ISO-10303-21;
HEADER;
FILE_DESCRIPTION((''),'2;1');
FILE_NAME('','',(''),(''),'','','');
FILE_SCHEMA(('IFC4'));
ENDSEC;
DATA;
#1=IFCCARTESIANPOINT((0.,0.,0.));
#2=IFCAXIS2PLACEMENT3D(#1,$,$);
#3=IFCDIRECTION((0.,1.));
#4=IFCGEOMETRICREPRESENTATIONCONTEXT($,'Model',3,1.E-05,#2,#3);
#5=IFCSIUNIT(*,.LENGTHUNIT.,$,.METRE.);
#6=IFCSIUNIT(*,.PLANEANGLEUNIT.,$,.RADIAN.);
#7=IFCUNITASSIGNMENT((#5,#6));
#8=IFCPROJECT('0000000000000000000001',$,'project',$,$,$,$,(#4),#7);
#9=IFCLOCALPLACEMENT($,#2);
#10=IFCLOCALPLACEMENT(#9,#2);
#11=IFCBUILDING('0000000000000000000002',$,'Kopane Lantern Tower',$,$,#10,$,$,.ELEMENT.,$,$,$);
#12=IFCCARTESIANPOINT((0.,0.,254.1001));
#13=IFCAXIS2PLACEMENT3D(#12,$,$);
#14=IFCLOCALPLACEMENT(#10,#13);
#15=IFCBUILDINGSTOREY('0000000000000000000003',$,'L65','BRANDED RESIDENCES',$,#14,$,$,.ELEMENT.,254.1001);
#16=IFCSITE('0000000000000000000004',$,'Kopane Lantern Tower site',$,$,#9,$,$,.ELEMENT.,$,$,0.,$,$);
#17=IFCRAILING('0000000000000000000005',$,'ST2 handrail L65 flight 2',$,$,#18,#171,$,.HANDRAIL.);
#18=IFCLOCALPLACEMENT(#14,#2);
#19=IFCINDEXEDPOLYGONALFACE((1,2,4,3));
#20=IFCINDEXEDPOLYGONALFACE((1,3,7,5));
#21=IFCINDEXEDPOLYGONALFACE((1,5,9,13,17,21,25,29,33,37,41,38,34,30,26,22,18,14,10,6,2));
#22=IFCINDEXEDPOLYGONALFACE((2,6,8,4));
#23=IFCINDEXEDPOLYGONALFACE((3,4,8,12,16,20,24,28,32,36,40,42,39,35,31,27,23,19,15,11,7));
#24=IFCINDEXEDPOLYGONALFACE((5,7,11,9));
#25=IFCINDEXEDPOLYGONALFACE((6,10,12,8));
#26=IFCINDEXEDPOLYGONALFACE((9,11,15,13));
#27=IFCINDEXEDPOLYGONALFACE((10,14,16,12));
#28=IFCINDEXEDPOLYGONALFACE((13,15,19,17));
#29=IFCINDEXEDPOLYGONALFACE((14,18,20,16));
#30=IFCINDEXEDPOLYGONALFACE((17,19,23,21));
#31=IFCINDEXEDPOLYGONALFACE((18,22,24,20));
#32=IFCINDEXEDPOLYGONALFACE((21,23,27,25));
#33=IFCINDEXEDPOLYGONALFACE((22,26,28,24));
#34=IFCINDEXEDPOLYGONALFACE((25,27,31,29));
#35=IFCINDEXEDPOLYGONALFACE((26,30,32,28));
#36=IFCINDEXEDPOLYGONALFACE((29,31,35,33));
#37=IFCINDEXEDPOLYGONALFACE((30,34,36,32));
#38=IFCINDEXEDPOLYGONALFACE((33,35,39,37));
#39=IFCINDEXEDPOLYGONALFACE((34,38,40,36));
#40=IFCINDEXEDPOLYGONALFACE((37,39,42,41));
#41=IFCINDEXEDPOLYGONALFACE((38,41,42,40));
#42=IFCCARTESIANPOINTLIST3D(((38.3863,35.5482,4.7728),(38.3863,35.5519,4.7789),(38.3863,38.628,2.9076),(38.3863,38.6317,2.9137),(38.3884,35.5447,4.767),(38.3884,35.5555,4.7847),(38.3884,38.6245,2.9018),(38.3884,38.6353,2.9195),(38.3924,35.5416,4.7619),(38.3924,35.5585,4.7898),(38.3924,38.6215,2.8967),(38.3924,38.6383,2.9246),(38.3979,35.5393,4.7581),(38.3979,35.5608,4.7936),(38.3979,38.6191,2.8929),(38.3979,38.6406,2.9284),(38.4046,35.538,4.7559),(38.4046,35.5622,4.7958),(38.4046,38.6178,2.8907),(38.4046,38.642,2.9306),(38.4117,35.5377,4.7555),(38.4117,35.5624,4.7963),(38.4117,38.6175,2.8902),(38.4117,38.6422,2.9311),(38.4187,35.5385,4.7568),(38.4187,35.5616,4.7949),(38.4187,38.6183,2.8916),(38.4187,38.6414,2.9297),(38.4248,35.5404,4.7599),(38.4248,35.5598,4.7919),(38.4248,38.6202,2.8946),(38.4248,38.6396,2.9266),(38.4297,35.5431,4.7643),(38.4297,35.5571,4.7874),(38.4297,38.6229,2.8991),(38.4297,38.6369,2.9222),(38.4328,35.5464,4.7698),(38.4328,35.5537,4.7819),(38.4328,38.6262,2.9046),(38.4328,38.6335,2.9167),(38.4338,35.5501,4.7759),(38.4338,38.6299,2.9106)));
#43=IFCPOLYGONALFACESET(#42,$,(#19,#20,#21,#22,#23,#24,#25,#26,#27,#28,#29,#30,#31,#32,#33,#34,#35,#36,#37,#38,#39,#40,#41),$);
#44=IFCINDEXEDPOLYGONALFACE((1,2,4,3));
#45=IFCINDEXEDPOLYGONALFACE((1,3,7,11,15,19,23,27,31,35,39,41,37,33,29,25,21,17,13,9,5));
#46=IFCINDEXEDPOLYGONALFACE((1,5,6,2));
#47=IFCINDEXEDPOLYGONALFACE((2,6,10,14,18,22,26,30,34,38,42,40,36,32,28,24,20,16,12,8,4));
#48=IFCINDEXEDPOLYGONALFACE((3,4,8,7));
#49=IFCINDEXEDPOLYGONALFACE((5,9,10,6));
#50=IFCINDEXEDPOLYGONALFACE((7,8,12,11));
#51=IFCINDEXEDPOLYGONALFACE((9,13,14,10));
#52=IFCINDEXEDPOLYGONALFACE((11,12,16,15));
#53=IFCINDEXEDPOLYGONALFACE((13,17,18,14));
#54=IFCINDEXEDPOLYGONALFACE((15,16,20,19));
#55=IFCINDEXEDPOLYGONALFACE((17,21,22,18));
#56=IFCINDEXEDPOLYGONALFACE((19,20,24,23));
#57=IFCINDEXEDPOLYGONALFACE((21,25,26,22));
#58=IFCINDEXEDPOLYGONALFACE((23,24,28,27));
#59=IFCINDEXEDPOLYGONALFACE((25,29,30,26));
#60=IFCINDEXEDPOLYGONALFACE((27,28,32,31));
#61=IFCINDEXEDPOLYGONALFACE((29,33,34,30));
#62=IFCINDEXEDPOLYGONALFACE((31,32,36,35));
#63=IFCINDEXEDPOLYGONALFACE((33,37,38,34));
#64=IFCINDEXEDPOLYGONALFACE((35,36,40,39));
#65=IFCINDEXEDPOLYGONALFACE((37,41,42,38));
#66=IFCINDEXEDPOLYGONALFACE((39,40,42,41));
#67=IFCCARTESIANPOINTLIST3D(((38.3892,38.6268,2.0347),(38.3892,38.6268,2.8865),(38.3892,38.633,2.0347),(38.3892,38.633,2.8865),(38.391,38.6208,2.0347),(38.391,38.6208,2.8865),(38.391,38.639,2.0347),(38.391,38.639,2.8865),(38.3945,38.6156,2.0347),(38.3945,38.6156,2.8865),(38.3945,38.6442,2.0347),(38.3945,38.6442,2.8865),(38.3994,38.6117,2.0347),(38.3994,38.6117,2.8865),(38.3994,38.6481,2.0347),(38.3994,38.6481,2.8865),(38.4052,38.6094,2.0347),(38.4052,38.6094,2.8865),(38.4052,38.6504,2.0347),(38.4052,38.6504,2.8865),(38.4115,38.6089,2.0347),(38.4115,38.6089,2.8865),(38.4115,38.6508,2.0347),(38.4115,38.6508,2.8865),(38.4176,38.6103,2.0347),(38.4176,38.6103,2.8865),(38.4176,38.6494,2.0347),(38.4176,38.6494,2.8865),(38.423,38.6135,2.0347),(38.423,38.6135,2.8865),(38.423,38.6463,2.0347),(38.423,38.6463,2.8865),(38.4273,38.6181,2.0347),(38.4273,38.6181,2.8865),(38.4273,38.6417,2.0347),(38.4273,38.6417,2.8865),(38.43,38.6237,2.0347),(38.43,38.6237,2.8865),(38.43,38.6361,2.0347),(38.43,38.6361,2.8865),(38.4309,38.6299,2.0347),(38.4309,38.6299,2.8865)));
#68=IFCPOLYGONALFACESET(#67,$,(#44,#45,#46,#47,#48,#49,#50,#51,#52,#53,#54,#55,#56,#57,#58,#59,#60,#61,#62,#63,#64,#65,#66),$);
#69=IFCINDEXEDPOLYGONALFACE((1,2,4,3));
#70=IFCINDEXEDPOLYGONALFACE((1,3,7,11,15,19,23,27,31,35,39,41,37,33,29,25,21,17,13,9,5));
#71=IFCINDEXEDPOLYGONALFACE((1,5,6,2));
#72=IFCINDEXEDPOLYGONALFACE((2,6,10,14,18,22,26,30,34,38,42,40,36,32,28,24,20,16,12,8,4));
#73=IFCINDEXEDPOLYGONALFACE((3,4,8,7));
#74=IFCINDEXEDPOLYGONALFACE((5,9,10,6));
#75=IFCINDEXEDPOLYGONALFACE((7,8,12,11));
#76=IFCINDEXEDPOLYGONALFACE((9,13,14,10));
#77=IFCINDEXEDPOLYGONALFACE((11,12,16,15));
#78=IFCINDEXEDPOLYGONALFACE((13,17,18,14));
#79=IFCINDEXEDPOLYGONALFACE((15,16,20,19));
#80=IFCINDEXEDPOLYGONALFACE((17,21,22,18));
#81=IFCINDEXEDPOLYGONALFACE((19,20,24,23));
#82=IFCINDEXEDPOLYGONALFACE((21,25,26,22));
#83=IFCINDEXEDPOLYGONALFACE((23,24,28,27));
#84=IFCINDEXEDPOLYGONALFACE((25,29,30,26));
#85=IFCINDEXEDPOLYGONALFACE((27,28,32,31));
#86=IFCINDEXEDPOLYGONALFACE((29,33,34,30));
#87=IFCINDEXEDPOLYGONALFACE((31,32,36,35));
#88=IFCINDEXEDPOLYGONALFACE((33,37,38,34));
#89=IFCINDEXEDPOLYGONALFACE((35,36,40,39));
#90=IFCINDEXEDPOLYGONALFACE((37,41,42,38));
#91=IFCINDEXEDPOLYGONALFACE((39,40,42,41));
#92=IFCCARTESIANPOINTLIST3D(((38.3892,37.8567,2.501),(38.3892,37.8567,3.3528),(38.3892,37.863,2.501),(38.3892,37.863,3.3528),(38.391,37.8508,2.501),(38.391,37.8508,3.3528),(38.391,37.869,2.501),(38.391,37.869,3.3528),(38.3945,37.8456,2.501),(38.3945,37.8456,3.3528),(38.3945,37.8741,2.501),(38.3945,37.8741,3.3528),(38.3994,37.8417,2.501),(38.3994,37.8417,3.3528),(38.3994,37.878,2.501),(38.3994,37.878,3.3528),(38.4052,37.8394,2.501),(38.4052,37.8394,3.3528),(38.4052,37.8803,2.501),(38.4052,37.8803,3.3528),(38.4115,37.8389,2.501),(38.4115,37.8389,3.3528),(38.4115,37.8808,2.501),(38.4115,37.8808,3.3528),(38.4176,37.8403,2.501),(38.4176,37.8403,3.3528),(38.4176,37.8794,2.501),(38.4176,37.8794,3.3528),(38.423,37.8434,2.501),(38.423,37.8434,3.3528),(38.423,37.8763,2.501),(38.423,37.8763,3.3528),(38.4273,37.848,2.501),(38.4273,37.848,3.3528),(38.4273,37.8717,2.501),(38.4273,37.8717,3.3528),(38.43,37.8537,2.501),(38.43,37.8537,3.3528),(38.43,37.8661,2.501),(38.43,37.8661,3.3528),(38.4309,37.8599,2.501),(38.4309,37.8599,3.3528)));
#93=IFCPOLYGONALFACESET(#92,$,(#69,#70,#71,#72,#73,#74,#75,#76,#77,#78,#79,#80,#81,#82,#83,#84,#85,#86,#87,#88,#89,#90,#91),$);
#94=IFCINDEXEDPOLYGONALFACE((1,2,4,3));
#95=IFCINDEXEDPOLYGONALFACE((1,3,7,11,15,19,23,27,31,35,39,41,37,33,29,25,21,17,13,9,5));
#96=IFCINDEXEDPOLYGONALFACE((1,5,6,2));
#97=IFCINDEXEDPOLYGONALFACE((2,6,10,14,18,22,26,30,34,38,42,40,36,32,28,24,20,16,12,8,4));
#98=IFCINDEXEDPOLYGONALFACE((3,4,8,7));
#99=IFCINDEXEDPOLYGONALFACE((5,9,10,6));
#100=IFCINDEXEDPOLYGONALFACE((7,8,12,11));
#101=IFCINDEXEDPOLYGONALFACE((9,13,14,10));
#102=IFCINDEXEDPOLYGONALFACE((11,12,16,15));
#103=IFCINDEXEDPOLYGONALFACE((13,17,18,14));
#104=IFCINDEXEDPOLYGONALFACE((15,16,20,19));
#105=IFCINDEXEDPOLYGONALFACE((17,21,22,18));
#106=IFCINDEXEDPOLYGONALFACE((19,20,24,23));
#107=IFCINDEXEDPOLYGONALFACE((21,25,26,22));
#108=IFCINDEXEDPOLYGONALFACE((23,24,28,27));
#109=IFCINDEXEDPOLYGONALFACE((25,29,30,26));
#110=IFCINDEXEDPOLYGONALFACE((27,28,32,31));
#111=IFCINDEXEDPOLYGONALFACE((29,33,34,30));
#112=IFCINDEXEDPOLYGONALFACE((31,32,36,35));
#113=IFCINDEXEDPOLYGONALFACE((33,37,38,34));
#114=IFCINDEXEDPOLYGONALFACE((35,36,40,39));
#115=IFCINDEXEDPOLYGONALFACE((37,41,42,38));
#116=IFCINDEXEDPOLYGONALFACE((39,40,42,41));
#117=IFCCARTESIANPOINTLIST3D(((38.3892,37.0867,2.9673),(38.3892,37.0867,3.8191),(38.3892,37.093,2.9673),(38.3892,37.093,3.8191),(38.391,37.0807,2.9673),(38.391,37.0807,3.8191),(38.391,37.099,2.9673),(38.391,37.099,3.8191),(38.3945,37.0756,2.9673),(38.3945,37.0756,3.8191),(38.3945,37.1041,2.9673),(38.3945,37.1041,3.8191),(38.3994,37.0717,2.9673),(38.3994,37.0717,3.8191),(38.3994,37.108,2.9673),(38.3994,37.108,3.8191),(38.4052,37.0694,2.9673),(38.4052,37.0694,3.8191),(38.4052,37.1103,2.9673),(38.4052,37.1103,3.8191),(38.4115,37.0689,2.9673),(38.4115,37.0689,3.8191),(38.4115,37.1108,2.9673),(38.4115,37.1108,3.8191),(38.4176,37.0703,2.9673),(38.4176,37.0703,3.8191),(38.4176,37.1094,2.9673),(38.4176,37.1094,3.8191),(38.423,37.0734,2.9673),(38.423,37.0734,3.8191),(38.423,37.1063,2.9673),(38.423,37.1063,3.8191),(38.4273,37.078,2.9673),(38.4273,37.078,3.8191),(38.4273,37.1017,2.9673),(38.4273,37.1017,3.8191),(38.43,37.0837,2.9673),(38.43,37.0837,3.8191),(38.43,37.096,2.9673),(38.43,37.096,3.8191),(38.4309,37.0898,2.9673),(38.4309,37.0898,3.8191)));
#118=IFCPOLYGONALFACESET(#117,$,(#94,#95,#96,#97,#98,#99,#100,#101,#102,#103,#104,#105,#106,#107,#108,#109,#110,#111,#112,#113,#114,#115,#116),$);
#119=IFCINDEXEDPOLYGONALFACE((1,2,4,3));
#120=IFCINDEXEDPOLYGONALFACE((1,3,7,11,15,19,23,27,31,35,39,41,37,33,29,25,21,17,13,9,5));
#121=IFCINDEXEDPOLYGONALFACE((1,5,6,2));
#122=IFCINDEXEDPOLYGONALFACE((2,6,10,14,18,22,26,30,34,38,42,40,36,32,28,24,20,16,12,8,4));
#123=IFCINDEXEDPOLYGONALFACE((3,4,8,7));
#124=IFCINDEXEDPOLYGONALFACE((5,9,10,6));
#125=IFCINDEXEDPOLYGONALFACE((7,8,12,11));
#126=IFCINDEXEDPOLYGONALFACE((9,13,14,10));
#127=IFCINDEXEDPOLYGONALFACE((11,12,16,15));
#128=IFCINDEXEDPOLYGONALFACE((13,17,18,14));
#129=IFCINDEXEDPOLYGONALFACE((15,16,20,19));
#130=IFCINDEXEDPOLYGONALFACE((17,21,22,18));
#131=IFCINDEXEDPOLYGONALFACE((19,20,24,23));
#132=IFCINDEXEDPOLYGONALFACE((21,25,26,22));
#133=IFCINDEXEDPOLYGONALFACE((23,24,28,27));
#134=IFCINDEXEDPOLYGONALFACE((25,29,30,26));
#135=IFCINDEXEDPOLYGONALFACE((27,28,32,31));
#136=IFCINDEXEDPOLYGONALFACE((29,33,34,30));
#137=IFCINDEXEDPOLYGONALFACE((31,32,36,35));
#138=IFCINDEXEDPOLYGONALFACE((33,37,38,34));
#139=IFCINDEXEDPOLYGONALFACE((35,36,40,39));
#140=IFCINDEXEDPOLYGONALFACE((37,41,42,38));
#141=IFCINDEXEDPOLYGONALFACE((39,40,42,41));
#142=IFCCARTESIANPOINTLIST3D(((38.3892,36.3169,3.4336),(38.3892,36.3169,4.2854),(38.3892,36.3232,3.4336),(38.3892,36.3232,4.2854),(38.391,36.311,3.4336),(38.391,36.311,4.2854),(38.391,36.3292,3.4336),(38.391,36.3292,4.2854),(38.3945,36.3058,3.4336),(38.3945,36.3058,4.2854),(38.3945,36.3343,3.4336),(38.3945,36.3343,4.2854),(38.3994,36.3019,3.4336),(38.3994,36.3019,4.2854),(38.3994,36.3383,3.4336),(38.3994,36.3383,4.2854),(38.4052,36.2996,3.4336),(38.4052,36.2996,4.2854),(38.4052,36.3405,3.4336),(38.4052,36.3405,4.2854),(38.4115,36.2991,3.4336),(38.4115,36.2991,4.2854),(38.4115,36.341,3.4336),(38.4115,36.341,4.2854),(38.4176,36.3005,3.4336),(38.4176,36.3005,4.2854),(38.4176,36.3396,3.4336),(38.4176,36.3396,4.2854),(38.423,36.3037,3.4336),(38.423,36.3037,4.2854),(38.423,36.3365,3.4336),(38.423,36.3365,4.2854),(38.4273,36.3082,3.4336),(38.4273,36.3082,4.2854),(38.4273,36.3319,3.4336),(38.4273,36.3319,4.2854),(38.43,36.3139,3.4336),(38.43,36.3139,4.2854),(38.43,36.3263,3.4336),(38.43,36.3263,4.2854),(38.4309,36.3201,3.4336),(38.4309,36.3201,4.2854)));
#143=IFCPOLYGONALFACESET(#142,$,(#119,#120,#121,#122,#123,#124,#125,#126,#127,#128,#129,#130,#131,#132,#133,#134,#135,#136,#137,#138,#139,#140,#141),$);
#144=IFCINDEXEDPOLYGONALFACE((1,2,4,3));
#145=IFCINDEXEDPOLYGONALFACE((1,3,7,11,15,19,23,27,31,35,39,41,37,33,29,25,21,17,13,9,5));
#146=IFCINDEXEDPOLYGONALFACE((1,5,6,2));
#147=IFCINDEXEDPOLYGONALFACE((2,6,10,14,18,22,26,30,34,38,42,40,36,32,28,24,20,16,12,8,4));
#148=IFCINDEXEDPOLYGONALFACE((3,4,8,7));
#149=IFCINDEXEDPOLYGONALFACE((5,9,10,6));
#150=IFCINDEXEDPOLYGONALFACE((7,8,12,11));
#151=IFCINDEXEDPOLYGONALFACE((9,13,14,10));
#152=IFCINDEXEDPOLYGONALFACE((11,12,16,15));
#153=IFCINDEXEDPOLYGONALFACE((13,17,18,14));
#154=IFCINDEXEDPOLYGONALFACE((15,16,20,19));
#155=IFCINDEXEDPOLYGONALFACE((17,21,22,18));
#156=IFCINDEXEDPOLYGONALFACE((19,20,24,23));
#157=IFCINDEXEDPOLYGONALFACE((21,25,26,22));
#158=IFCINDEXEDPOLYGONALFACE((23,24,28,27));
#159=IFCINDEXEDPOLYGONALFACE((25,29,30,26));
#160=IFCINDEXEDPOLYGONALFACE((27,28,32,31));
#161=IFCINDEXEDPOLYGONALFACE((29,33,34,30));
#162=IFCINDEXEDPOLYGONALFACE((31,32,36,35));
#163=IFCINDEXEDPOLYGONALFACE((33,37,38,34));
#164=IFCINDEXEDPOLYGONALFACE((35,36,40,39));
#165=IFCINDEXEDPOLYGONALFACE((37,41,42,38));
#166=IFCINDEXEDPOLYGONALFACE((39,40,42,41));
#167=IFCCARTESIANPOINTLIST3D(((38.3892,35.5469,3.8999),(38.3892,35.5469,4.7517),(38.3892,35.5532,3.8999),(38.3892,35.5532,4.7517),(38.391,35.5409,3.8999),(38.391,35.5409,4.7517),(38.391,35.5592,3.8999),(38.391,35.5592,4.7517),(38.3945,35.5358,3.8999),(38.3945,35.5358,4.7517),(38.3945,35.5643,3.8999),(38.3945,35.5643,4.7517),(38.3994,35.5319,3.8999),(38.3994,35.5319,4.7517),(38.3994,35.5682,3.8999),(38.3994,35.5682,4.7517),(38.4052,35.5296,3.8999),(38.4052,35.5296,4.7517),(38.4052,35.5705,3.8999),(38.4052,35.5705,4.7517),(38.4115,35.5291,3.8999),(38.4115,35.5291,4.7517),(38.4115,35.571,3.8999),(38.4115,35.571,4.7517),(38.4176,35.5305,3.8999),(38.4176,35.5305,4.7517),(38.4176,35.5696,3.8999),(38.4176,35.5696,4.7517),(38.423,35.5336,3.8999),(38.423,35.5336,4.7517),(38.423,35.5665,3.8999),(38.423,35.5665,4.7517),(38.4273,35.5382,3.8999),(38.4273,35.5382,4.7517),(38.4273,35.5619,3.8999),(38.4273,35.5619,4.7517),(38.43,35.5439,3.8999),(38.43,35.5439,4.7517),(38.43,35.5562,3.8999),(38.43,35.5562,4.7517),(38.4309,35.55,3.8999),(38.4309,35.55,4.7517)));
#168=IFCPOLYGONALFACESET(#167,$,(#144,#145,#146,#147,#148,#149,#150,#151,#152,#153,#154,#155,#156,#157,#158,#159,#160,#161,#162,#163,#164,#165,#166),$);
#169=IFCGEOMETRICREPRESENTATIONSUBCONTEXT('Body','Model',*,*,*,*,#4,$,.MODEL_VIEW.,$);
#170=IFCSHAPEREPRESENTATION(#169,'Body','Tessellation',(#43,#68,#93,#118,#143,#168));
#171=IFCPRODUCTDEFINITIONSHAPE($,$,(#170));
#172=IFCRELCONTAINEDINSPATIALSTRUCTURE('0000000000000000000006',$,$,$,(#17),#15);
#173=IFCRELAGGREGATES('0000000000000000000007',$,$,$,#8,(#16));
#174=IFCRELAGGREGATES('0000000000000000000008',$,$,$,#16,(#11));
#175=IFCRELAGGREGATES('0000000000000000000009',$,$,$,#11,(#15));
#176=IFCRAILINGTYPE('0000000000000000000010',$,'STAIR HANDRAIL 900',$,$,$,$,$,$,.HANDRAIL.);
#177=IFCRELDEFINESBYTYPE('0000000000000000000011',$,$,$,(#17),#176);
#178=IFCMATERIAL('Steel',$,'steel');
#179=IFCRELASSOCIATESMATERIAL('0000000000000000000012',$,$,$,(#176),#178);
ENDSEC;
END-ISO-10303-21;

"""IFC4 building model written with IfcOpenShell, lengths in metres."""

from ifc_helpers import new_model, si_unit, direction, frame, origin, origin_2d, place, context, subcontext, project, spatial, circle, extrude, material, type_object, element, save


model = new_model("IFC4")

# Units and contexts
model_context = context("Model", 3, precision=1e-05, world=origin(), true_north=direction((0.0, 1.0)))
body_context = subcontext(model_context, "Body", "Model", "MODEL_VIEW")
ifc_project = project(units=[si_unit("LENGTHUNIT", "METRE"), si_unit("PLANEANGLEUNIT", "RADIAN")], contexts=[model_context])

# Site, building, storey
site_placement = place(None, origin())
site = spatial("IfcSite", under=ifc_project, at=site_placement, Name="Kopane Lantern Tower site", CompositionType="ELEMENT", RefElevation=0.0)
building_placement = place(site_placement, origin())
building = spatial("IfcBuilding", under=site, at=building_placement, Name="Kopane Lantern Tower", CompositionType="ELEMENT")
storey_placement = place(building_placement, frame((0.0, 0.0, 254.1001)))
storey = spatial("IfcBuildingStorey", under=building, at=storey_placement, Name="L65", Description="BRANDED RESIDENCES", CompositionType="ELEMENT", Elevation=254.1001)

# Railing
ifc_material_1 = material(Name="Steel", Category="steel")
railing_type = type_object("IfcRailingType", Name="STAIR HANDRAIL 900", PredefinedType="HANDRAIL", material=ifc_material_1)
for number, where, name in (
    (1, (38.4099, 38.6299, 2.0347), "ST2 handrail L65 flight 2"),
):
    element("IfcRailing", number, at=place(storey_placement, frame(where)), inside=storey, type_object=railing_type, Name=name, PredefinedType="HANDRAIL", context=body_context, shape_type="SweptSolid", body=[
        extrude(circle(Radius=0.0239, at=origin_2d()), frame((0.0, 0.0, 0.876), z_axis=(0.0, -0.855362, 0.518031), x_axis=(1.0, 0.0, 0.0)), (0.0, 0.0, 1.0), 3.6006),
        extrude(circle(Radius=0.021, at=origin_2d()), origin(), (0.0, 0.0, 1.0), 0.8518),
        extrude(circle(Radius=0.021, at=origin_2d()), frame((0.0, -0.77, 0.4663)), (0.0, 0.0, 1.0), 0.8518),
        extrude(circle(Radius=0.021, at=origin_2d()), frame((0.0, -1.54, 0.9326)), (0.0, 0.0, 1.0), 0.8518),
        extrude(circle(Radius=0.021, at=origin_2d()), frame((0.0, -2.3098, 1.3989)), (0.0, 0.0, 1.0), 0.8518),
        extrude(circle(Radius=0.021, at=origin_2d()), frame((0.0, -3.0798, 1.8652)), (0.0, 0.0, 1.0), 0.8518),
    ])

save(model, "model.ifc")
